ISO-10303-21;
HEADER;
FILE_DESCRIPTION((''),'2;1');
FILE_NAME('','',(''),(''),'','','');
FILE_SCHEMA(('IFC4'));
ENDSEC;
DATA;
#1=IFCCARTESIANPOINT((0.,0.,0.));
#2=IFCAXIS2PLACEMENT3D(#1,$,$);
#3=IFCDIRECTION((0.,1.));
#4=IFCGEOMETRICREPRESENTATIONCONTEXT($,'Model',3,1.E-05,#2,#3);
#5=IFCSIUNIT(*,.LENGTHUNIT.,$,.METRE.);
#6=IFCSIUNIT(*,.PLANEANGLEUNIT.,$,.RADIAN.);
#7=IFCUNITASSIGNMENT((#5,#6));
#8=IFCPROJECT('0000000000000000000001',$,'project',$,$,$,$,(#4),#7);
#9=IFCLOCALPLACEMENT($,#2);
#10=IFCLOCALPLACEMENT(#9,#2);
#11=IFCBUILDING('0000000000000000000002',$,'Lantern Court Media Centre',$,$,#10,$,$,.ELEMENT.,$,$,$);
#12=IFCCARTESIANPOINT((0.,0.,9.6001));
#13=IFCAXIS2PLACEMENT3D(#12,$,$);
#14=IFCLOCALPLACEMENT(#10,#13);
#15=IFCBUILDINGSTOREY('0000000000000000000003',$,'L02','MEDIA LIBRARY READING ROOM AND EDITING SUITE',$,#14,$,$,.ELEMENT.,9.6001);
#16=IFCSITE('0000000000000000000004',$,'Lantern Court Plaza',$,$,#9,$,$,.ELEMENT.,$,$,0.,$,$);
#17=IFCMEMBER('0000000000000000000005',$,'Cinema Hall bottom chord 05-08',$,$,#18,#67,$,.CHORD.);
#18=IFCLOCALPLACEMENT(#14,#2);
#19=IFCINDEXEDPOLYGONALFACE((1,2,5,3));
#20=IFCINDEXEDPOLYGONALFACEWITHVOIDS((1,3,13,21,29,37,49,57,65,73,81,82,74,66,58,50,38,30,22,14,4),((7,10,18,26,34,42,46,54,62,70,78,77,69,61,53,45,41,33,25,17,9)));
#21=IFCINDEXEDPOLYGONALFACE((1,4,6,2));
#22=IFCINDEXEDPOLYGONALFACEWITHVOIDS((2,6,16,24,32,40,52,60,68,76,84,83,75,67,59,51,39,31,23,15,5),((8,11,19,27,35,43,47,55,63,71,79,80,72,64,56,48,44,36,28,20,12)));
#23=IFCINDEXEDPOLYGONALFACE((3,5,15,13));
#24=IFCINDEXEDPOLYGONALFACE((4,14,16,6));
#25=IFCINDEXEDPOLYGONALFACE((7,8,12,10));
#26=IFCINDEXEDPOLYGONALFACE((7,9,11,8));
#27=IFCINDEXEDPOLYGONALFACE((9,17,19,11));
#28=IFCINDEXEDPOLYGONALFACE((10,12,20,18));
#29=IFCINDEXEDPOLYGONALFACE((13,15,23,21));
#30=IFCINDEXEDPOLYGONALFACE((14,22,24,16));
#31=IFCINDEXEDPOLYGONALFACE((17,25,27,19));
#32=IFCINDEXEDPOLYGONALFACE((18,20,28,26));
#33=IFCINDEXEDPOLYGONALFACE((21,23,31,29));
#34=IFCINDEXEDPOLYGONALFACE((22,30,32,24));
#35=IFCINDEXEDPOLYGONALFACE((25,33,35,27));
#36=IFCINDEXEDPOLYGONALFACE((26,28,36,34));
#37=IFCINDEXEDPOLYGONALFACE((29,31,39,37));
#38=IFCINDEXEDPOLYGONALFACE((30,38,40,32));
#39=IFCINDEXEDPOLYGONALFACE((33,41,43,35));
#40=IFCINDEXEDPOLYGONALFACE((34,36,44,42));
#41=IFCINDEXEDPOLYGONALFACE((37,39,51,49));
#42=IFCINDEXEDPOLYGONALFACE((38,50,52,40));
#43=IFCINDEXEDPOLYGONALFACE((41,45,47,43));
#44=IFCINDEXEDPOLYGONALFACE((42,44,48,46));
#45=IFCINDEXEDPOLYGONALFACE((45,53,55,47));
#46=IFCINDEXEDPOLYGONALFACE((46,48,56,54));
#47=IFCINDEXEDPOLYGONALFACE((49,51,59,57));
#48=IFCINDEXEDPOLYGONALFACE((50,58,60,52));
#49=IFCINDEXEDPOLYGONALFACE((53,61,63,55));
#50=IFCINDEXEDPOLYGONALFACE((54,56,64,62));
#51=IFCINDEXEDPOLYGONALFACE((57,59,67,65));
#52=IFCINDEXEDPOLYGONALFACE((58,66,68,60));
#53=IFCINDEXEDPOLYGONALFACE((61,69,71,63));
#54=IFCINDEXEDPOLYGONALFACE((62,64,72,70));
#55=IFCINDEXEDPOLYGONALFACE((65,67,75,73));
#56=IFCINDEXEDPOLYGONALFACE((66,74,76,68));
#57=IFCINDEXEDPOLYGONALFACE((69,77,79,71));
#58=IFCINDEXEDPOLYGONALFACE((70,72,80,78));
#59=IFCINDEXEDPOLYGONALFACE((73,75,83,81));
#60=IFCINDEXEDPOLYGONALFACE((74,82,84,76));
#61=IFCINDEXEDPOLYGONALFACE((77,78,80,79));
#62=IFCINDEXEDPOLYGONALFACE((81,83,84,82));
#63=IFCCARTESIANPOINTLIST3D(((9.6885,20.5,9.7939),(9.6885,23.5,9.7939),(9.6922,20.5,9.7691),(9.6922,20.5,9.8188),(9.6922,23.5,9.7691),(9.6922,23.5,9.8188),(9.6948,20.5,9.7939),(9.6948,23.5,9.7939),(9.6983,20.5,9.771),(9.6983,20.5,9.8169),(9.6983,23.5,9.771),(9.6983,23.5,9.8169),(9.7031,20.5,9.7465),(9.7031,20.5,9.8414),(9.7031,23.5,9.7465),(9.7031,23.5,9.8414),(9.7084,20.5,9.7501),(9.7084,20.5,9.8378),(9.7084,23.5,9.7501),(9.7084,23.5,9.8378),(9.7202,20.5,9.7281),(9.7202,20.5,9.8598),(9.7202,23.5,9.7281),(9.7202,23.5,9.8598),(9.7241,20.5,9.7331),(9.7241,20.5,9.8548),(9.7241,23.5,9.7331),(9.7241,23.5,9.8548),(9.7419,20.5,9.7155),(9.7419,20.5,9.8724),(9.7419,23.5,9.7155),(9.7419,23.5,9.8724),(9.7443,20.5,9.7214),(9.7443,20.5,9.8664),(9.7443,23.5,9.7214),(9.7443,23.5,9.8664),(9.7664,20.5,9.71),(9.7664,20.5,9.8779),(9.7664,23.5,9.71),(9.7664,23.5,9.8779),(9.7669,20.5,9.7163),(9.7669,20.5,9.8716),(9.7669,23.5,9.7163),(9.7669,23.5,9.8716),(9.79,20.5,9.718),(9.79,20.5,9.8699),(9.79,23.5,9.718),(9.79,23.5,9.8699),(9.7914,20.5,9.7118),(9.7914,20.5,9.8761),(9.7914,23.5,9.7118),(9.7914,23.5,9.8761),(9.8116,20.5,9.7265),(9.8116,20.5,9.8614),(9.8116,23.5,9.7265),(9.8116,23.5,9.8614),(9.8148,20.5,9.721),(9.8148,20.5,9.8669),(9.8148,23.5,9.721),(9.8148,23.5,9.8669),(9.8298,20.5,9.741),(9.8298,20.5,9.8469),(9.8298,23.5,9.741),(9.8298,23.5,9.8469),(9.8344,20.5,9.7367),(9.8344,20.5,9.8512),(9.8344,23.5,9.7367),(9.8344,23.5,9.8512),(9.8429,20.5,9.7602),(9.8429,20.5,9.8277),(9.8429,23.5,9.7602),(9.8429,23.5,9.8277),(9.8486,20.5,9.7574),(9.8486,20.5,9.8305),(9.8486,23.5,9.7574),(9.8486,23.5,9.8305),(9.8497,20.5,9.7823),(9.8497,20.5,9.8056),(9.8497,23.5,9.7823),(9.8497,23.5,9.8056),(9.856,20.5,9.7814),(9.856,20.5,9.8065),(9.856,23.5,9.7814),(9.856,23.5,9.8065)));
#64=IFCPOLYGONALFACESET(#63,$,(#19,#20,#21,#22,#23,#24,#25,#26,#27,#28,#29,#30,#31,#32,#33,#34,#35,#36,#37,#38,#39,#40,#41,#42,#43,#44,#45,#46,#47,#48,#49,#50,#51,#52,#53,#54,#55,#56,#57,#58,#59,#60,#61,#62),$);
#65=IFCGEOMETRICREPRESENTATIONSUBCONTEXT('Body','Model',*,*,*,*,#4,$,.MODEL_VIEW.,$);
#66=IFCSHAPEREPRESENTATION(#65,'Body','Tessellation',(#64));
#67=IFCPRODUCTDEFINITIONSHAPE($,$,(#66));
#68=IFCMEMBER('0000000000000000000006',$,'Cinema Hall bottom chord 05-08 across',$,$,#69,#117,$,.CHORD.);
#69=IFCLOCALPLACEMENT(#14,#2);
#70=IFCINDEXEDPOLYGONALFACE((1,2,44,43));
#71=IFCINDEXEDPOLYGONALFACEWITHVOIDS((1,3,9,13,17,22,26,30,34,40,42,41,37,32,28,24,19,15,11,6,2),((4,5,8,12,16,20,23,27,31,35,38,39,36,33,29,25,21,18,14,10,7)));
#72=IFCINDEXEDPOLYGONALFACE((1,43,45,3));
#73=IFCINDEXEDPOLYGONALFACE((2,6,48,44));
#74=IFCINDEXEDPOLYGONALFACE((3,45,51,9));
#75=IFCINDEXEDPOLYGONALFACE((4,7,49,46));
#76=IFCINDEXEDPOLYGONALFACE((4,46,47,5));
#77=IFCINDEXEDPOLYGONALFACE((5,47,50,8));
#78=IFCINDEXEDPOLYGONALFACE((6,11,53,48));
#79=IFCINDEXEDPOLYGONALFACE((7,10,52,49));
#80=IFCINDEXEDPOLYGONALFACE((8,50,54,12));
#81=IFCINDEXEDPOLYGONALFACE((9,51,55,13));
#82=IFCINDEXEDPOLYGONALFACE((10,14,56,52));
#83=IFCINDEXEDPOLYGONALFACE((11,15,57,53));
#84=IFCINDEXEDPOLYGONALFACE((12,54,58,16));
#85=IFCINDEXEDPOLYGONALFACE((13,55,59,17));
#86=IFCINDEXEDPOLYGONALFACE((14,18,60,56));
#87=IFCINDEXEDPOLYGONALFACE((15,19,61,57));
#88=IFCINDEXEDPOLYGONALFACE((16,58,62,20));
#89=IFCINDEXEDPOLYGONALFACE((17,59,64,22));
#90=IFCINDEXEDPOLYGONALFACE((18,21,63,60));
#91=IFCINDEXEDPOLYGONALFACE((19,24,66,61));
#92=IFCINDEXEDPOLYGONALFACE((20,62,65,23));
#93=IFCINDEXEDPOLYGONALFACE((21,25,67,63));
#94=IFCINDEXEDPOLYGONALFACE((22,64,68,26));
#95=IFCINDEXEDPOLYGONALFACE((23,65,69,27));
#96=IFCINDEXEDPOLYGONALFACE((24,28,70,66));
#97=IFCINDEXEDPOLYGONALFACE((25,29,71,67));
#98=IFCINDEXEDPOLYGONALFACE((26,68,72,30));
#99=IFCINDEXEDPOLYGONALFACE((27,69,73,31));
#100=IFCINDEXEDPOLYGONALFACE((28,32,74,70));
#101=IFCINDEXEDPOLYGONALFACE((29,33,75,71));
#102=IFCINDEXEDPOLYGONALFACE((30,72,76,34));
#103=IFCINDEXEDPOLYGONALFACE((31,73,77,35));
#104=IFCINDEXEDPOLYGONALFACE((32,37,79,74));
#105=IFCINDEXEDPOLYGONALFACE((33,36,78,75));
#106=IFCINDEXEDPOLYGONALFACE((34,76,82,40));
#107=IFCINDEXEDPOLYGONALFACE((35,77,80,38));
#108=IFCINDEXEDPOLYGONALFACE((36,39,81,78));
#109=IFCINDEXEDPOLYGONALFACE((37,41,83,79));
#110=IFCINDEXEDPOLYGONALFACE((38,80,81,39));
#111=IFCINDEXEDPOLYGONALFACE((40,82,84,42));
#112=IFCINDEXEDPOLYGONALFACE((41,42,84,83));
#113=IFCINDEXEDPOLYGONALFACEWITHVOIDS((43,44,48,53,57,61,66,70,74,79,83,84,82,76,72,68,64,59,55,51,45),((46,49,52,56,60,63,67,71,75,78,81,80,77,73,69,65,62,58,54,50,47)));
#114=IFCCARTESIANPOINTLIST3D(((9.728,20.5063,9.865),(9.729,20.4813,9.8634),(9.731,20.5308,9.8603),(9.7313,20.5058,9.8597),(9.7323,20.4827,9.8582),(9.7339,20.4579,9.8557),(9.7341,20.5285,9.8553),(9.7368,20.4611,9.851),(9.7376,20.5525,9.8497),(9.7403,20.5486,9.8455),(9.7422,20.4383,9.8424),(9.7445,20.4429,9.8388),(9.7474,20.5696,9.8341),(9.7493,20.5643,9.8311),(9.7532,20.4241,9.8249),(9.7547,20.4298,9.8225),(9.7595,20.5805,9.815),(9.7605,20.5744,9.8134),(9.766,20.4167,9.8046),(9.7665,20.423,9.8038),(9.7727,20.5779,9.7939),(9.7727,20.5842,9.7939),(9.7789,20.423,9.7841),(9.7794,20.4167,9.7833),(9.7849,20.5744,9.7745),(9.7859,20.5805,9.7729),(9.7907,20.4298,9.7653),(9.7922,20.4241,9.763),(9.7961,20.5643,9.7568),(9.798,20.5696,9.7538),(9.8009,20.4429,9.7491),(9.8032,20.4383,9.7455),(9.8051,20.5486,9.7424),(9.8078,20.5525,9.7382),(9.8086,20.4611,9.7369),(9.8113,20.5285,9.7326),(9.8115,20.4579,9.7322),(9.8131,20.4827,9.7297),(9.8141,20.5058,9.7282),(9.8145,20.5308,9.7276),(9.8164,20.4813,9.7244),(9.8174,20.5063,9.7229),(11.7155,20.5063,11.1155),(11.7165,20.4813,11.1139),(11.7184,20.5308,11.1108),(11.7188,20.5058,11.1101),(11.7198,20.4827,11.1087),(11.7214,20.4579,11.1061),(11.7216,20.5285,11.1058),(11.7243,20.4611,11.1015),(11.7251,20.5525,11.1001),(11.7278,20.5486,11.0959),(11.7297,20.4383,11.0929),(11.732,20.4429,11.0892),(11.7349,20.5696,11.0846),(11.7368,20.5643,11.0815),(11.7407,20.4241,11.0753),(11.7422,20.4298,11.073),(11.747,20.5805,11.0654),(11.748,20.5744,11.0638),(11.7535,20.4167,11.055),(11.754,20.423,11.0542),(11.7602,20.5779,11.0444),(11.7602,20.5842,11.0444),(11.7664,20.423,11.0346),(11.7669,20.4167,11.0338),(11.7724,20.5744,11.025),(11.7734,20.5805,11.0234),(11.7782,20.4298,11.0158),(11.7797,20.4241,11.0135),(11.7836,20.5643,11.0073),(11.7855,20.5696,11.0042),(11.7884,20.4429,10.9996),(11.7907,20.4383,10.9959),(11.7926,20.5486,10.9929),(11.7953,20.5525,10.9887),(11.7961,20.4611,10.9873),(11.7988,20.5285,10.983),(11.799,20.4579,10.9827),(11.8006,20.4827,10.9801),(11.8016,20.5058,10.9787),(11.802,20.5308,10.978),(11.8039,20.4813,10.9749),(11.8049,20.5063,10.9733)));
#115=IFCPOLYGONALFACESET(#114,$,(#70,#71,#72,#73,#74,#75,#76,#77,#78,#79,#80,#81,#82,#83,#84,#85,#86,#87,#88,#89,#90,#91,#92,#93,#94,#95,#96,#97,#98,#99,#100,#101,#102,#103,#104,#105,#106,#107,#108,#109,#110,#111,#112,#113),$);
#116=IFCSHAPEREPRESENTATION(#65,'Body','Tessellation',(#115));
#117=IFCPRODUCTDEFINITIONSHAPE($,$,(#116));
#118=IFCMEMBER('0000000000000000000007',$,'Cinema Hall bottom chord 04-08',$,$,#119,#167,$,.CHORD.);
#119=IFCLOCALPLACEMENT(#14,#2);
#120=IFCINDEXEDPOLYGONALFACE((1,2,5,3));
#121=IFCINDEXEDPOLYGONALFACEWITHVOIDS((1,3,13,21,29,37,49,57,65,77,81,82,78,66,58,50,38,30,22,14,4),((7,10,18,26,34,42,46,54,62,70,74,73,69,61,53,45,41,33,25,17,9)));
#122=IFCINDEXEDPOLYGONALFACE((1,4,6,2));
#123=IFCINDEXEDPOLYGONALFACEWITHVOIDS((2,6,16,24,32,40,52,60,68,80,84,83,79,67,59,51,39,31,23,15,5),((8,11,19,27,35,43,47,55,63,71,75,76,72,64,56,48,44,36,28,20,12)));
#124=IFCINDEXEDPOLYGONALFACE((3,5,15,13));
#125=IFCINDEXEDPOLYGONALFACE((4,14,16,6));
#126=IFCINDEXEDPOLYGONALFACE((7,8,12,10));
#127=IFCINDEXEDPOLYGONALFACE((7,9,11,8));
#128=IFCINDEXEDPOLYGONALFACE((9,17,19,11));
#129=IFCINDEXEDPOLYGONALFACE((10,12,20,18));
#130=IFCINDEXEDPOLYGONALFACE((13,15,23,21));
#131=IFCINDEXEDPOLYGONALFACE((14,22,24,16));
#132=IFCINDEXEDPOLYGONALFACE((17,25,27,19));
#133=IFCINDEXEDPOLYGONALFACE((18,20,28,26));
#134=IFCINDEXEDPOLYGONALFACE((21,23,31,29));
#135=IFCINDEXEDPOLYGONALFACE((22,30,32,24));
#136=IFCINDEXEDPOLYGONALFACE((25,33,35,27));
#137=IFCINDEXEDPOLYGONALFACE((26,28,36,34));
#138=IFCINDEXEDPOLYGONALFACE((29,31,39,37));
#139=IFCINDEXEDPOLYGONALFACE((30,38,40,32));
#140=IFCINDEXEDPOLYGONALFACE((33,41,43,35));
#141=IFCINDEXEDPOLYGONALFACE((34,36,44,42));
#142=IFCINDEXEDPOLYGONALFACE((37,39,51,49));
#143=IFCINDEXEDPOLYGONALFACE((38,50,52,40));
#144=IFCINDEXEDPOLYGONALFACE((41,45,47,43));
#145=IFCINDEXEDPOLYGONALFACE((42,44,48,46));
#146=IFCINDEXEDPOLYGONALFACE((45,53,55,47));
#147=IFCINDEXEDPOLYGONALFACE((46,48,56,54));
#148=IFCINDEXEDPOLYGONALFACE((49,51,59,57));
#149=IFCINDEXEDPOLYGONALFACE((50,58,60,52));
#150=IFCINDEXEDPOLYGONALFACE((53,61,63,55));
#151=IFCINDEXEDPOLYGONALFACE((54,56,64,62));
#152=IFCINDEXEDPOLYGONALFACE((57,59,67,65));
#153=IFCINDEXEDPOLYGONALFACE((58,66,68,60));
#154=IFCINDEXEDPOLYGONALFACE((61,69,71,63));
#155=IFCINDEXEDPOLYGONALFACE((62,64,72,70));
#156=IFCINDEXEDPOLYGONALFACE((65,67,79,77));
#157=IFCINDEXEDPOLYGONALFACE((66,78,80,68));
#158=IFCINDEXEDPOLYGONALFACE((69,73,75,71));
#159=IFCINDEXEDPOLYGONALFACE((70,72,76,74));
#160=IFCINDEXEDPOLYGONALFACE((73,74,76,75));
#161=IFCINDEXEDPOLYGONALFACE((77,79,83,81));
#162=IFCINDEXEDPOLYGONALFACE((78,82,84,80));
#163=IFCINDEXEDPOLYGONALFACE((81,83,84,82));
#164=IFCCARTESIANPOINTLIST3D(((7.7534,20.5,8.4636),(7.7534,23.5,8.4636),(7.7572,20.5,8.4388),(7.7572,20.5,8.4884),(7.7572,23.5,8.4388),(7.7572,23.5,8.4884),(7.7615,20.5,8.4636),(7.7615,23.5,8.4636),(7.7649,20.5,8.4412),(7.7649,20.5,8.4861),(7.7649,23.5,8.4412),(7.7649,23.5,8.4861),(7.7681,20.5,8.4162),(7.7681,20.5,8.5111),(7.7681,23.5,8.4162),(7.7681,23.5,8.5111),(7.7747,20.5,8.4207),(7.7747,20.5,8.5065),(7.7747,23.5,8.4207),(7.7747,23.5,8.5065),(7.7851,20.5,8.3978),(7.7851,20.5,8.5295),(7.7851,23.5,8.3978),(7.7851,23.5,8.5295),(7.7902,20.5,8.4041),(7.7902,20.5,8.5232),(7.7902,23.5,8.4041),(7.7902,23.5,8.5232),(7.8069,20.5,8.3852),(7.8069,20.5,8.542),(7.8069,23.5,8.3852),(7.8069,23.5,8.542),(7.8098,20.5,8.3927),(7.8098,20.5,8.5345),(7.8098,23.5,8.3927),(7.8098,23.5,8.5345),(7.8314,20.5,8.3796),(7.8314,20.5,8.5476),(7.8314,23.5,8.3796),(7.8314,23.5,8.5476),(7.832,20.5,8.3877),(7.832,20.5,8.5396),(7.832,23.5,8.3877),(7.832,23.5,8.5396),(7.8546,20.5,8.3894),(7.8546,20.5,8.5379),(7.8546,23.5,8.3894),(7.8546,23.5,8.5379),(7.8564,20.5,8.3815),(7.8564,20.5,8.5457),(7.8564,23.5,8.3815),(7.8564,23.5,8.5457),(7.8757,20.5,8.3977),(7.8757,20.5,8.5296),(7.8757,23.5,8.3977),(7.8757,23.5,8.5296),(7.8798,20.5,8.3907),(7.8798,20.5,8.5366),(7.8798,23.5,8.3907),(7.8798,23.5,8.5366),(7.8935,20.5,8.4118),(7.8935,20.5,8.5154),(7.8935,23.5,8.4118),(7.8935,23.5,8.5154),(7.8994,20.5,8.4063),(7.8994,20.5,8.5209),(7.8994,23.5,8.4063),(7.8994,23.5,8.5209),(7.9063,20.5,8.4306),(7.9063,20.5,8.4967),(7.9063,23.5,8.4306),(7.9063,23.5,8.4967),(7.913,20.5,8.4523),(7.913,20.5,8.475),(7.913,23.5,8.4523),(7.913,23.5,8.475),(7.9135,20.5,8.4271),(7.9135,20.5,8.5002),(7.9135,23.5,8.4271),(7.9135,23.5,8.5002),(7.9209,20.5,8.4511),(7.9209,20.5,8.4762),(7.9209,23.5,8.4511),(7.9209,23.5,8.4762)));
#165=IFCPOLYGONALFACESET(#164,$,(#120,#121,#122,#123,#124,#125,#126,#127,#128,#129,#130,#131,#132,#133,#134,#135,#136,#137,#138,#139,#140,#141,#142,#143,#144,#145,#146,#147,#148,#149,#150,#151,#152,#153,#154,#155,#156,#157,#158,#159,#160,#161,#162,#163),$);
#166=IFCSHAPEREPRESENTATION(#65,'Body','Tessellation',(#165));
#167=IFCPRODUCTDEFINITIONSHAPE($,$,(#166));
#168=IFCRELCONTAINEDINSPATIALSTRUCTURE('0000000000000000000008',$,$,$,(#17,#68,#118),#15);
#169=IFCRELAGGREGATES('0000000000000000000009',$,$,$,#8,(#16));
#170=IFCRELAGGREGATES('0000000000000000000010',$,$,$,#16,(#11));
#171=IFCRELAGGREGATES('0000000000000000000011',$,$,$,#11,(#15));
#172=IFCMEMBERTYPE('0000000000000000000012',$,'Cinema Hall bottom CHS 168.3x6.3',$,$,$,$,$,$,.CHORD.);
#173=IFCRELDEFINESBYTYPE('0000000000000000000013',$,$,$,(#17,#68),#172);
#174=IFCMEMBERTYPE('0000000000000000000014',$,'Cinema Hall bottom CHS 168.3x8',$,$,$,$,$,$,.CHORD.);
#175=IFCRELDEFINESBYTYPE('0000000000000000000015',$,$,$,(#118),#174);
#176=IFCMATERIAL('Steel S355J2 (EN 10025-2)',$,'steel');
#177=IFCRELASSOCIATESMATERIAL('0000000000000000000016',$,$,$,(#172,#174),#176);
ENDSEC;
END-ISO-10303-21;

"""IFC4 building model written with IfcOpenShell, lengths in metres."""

from ifc_helpers import new_model, si_unit, direction, frame, origin, origin_2d, place, context, subcontext, project, spatial, hollow_circle, extrude, material, material_profile, profile_set, type_object, element, save


model = new_model("IFC4")

# Units and contexts
model_context = context("Model", 3, precision=1e-05, world=origin(), true_north=direction((0.0, 1.0)))
body_context = subcontext(model_context, "Body", "Model", "MODEL_VIEW")
ifc_project = project(units=[si_unit("LENGTHUNIT", "METRE"), si_unit("PLANEANGLEUNIT", "RADIAN")], contexts=[model_context])

# Site, building, storey
site_placement = place(None, origin())
site = spatial("IfcSite", under=ifc_project, at=site_placement, Name="Lantern Court Plaza", CompositionType="ELEMENT", RefElevation=0.0)
building_placement = place(site_placement, origin())
building = spatial("IfcBuilding", under=site, at=building_placement, Name="Lantern Court Media Centre", CompositionType="ELEMENT")
storey_placement = place(building_placement, frame((0.0, 0.0, 9.6001)))
storey = spatial("IfcBuildingStorey", under=building, at=storey_placement, Name="L02", Description="MEDIA LIBRARY READING ROOM AND EDITING SUITE", CompositionType="ELEMENT", Elevation=9.6001)

# Members
ifc_material = material(Name="Steel S355J2 (EN 10025-2)", Category="steel")
ifc_material_profile_1 = material_profile(ifc_material, hollow_circle(Radius=0.0842, WallThickness=0.0063, at=origin_2d()), Name="Cinema Hall bottom CHS 168.3x6.3")
ifc_profile_set_1 = profile_set([ifc_material_profile_1], Name="Steel S355J2 (EN 10025-2)")
member_type_1 = type_object("IfcMemberType", Name="Cinema Hall bottom CHS 168.3x6.3", PredefinedType="CHORD", material=ifc_profile_set_1)
member_1_placement = place(storey_placement, frame((9.7727, 20.5, 9.7939), z_axis=(0.0, 1.0, 0.0), x_axis=(-1.0, 0.0, 0.0)))
element("IfcMember", 1, at=member_1_placement, inside=storey, type_object=member_type_1, Name="Cinema Hall bottom chord 05-08", PredefinedType="CHORD", context=body_context, shape_type="SweptSolid", body=[
    extrude(hollow_circle(Radius=0.0842, WallThickness=0.0063, at=origin_2d()), origin(), (0.0, 0.0, 1.0), 3.0),
])
member_2_placement = place(storey_placement, frame((9.7727, 20.5, 9.7939), z_axis=(0.846412, 0.0, 0.532529), x_axis=(0.0, 1.0, 0.0)))
element("IfcMember", 2, at=member_2_placement, inside=storey, type_object=member_type_1, Name="Cinema Hall bottom chord 05-08 across", PredefinedType="CHORD", context=body_context, shape_type="SweptSolid", body=[
    extrude(hollow_circle(Radius=0.0842, WallThickness=0.0063, at=origin_2d()), origin(), (0.0, 0.0, 1.0), 2.3481),
])
ifc_material_profile_2 = material_profile(ifc_material, hollow_circle(Radius=0.0842, WallThickness=0.0081, at=origin_2d()), Name="Cinema Hall bottom CHS 168.3x8")
ifc_profile_set_2 = profile_set([ifc_material_profile_2], Name="Steel S355J2 (EN 10025-2)")
member_type_2 = type_object("IfcMemberType", Name="Cinema Hall bottom CHS 168.3x8", PredefinedType="CHORD", material=ifc_profile_set_2)
for number, where, z_axis, x_axis, name in (
    (3, (7.8376, 20.5, 8.4636), (0.0, 1.0, 0.0), (-1.0, 0.0, 0.0), "Cinema Hall bottom chord 04-08"),
):
    element("IfcMember", number, at=place(storey_placement, frame(where, z_axis=z_axis, x_axis=x_axis)), inside=storey, type_object=member_type_2, Name=name, PredefinedType="CHORD", context=body_context, shape_type="SweptSolid", body=[
        extrude(hollow_circle(Radius=0.0842, WallThickness=0.0081, at=origin_2d()), origin(), (0.0, 0.0, 1.0), 3.0),
    ])

save(model, "model.ifc")
